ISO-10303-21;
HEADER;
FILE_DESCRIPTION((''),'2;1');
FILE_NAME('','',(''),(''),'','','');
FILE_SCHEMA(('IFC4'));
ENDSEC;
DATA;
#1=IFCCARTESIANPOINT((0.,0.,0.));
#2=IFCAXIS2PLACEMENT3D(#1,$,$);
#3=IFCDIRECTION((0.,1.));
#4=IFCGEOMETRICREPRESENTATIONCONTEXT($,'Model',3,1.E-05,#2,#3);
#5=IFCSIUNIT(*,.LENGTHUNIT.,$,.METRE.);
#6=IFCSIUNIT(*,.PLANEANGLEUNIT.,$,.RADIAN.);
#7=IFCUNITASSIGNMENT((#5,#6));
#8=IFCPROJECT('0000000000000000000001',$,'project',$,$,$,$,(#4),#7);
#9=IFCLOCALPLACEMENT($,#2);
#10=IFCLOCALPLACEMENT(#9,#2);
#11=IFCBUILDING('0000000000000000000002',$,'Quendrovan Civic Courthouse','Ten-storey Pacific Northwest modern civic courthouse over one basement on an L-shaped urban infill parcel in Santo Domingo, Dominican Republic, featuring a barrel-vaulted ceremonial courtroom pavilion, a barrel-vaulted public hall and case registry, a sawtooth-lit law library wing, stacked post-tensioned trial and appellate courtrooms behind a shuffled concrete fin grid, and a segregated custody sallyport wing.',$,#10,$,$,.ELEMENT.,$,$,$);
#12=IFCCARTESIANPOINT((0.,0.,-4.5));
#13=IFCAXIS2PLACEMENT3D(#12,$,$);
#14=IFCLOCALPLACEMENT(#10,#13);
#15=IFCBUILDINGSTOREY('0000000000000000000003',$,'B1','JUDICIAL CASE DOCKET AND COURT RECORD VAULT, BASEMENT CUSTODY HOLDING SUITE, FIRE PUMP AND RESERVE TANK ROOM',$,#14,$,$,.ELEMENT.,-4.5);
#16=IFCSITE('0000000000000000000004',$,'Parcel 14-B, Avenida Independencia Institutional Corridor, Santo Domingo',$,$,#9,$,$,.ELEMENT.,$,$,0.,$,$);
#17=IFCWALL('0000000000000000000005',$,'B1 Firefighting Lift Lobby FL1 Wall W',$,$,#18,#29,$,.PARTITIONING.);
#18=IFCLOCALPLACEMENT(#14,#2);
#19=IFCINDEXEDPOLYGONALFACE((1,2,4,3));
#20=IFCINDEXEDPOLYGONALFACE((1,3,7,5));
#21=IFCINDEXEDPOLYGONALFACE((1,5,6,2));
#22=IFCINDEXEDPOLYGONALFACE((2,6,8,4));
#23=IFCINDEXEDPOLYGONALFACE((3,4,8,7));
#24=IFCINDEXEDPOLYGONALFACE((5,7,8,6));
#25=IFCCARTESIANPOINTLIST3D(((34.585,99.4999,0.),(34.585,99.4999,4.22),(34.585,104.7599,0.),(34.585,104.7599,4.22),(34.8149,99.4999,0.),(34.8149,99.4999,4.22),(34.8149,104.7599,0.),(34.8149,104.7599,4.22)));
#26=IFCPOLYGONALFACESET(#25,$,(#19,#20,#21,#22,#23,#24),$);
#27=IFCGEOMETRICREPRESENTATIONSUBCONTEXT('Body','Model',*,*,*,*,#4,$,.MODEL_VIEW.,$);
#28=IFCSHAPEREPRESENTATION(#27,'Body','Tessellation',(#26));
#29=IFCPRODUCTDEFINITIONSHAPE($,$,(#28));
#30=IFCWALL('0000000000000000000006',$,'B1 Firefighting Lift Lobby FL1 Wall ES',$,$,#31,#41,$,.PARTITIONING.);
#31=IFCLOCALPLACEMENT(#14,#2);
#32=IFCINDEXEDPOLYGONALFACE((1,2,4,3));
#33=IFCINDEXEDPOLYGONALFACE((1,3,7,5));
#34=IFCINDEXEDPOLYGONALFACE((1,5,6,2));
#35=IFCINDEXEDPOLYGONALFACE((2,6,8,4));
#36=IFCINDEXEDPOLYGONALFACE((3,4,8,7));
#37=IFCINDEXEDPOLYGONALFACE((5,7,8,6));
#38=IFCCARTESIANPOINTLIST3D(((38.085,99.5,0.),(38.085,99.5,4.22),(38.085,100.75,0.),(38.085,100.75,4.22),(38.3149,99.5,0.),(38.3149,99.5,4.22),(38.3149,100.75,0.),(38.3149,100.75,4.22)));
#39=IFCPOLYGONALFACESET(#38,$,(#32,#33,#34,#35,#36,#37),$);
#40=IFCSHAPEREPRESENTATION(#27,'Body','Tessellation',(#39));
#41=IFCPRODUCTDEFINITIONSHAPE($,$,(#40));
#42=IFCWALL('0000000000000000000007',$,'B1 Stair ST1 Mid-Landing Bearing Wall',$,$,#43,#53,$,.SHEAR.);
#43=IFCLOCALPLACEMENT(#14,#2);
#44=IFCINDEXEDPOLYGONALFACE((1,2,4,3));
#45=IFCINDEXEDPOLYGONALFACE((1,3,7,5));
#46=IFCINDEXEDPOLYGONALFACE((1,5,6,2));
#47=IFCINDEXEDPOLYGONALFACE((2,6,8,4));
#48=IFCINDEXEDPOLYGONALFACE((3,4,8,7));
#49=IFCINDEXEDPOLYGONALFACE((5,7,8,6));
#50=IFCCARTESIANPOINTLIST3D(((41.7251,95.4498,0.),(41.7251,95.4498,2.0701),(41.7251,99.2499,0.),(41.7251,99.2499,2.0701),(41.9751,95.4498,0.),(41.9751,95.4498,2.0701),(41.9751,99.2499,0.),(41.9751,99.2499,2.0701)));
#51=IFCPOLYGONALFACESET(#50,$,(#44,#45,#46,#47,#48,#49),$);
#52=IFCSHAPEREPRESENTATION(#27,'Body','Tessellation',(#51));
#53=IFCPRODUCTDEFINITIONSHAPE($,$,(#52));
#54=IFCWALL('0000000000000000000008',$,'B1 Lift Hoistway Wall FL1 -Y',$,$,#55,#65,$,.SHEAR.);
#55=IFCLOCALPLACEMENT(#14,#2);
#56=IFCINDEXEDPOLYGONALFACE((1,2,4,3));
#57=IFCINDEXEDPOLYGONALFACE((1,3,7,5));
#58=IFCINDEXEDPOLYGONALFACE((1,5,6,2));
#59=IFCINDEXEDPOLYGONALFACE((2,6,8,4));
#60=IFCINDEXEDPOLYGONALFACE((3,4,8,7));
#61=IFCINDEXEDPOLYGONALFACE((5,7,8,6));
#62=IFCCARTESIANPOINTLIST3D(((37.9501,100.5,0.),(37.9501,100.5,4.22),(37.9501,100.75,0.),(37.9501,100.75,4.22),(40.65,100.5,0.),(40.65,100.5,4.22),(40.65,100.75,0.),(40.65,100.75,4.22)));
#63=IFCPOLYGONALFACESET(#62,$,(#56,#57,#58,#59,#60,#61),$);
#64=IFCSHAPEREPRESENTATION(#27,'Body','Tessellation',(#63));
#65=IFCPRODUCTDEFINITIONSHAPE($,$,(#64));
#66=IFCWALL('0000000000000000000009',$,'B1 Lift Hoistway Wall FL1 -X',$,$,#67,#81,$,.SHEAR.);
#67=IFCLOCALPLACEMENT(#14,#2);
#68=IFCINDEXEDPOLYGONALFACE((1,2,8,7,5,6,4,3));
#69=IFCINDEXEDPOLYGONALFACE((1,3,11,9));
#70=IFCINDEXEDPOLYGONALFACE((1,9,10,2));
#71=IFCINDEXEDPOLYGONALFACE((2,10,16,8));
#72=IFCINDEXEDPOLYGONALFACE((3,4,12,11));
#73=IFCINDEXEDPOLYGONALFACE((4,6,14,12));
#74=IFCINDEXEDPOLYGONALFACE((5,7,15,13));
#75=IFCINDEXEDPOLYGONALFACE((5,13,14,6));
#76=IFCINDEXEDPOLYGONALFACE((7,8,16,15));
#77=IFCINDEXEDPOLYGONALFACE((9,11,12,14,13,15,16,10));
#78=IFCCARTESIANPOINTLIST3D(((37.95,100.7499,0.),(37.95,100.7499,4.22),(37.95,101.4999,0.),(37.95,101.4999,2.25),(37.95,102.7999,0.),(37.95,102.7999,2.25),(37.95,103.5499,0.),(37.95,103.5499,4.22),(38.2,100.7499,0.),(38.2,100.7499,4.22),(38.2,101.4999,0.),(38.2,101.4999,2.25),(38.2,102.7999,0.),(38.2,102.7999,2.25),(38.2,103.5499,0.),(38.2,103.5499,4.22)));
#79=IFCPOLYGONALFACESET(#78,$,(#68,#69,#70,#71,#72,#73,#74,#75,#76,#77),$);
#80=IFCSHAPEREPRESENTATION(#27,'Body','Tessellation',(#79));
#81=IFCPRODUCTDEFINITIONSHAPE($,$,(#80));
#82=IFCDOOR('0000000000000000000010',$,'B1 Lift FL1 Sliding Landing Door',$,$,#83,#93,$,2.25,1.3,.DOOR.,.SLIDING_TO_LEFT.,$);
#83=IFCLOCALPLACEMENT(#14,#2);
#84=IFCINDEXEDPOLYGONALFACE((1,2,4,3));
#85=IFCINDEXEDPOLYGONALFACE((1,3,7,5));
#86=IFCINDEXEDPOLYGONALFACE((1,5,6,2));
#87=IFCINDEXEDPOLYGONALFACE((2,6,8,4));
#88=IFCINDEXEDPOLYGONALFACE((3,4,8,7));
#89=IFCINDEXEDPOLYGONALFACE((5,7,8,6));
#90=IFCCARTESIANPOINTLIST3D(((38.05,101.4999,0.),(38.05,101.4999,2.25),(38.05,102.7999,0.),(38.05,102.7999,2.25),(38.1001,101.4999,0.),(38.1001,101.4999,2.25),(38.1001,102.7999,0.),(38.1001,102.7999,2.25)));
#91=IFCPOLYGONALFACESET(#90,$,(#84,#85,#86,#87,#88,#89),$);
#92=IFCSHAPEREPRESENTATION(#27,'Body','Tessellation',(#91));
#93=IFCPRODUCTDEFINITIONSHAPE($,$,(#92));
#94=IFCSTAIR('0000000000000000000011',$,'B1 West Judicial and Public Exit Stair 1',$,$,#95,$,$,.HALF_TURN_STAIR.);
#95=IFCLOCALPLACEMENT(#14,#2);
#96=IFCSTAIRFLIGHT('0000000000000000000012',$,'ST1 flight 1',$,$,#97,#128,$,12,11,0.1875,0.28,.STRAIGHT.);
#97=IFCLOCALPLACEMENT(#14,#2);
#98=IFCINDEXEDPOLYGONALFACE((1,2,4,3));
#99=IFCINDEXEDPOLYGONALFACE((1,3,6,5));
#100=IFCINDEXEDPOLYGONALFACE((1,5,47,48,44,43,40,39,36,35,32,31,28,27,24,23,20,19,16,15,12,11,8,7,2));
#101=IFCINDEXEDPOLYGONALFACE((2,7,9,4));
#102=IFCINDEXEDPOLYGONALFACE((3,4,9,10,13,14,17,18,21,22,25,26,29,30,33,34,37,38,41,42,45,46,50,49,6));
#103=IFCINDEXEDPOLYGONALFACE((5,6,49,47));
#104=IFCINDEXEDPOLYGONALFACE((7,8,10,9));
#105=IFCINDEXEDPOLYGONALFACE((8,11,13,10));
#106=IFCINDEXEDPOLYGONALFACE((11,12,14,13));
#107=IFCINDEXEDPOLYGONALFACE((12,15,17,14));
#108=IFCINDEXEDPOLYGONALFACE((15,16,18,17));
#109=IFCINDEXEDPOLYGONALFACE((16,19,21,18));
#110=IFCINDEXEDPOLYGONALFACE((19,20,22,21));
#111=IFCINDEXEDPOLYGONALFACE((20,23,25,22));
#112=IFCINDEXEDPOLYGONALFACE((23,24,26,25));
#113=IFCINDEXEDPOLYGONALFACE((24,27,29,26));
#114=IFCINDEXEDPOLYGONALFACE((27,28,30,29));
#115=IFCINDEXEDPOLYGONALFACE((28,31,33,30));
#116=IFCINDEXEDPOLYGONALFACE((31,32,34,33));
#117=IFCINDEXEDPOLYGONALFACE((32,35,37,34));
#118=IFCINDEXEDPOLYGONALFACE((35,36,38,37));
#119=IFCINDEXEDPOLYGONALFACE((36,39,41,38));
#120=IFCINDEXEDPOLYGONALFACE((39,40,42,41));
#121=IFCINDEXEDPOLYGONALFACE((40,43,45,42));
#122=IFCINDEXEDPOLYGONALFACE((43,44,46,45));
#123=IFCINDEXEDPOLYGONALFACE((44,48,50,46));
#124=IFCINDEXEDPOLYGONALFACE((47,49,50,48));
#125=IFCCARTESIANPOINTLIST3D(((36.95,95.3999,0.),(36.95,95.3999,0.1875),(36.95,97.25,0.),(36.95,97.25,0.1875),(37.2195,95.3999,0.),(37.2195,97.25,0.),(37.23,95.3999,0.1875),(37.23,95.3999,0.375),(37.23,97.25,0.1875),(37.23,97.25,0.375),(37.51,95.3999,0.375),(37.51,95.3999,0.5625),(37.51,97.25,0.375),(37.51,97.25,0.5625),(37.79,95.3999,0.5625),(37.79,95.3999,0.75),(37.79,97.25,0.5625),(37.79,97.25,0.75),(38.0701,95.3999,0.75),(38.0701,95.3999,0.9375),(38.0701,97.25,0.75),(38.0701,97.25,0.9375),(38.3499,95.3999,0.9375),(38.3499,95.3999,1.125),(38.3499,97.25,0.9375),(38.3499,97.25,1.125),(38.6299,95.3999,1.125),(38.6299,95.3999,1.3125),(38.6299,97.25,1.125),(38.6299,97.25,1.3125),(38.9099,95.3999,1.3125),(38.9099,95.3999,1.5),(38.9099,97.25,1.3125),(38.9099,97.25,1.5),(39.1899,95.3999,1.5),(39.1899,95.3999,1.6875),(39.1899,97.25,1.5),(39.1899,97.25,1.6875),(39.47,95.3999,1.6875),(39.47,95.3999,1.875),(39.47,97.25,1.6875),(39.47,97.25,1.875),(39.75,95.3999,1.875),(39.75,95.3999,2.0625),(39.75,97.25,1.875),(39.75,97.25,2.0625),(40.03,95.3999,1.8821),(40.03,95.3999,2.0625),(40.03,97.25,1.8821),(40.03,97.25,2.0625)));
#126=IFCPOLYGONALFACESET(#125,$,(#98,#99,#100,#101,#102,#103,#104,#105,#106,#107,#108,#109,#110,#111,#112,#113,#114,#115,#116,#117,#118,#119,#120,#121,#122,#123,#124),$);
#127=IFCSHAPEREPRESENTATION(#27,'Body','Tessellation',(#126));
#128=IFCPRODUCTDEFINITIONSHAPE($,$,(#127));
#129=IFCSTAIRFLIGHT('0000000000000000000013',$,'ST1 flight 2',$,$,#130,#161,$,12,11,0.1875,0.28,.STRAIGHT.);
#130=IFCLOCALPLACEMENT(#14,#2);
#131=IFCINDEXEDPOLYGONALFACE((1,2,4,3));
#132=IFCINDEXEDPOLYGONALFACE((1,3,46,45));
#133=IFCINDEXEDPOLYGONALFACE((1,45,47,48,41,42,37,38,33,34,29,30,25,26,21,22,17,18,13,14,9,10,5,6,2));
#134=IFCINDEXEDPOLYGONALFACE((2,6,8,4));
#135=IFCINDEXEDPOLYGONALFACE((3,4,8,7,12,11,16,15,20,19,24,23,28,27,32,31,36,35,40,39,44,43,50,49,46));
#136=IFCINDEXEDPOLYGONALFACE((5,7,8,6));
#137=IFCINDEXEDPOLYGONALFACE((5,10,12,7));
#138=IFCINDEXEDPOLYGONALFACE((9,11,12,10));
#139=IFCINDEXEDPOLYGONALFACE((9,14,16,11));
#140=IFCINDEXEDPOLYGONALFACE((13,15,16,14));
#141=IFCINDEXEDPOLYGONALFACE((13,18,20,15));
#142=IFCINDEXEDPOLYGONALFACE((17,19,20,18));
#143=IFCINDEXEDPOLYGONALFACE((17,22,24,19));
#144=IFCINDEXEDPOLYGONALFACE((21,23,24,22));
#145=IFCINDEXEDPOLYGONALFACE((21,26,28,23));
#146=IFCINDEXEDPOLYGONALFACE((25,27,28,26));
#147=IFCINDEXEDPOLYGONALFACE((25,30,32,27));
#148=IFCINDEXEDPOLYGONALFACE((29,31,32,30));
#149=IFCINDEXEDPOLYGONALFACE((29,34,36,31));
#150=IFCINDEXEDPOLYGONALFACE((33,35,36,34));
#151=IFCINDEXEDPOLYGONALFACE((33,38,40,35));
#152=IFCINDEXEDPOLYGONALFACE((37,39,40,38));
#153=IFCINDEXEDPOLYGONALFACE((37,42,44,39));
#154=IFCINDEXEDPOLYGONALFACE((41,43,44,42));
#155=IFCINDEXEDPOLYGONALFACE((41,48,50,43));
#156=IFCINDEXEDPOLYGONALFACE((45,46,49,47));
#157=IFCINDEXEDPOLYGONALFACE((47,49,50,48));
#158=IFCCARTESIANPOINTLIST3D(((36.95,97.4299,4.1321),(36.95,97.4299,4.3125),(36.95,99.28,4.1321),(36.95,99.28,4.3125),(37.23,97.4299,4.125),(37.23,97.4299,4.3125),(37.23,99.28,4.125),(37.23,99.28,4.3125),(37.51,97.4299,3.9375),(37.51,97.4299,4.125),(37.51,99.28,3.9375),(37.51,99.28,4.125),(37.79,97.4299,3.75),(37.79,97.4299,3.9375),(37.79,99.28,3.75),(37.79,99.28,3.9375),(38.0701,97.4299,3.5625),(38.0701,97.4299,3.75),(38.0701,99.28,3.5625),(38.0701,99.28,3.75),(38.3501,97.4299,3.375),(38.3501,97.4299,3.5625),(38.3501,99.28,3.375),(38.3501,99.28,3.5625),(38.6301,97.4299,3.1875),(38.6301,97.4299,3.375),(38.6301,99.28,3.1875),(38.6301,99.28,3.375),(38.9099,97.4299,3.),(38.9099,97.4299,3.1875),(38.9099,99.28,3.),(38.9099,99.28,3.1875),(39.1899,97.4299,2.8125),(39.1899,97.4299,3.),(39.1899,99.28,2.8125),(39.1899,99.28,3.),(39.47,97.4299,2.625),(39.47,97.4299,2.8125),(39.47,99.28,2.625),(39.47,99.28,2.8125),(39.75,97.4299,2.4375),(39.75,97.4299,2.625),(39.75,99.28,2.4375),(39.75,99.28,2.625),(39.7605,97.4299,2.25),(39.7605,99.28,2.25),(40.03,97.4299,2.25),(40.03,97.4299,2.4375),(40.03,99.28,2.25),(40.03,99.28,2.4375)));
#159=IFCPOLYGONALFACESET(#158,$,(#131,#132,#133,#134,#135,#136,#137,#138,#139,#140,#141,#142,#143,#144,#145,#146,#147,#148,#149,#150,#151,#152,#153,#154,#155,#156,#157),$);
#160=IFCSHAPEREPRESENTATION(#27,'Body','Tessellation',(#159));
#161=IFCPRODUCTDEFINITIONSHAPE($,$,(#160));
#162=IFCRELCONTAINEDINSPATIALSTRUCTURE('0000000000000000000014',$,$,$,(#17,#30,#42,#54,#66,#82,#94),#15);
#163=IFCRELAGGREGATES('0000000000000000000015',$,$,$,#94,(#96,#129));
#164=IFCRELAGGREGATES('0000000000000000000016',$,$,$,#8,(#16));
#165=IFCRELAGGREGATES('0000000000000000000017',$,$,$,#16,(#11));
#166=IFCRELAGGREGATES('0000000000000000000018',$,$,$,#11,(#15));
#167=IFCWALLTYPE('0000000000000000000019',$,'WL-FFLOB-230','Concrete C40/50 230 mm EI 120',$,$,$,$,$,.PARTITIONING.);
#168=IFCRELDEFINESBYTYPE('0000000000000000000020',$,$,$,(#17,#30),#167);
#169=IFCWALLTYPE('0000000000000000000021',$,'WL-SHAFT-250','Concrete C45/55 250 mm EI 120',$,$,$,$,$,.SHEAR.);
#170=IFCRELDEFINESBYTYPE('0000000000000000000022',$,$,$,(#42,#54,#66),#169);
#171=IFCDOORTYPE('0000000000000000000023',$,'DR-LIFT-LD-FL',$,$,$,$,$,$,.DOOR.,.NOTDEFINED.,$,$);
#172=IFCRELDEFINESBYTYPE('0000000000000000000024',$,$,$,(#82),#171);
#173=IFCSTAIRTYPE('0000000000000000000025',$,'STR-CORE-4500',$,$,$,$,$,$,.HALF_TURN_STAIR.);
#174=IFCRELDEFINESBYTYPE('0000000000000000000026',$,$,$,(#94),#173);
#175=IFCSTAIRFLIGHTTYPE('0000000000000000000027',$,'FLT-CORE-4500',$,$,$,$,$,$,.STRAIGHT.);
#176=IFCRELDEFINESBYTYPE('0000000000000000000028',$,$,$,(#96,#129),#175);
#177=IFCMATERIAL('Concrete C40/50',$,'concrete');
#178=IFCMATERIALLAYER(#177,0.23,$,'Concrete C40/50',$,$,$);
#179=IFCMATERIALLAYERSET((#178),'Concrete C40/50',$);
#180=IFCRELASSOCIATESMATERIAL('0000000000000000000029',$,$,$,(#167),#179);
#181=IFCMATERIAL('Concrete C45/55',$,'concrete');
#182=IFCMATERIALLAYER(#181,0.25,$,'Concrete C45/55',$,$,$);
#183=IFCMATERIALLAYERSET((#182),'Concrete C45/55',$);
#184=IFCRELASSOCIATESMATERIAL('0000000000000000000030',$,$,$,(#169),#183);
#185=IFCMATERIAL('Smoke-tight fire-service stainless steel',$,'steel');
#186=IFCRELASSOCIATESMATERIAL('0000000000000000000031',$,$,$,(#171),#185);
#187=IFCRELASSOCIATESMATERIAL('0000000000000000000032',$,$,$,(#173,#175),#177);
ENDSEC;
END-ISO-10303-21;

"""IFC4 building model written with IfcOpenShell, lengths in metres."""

from ifc_helpers import new_model, si_unit, direction, frame, frame_2d, origin, place, context, subcontext, project, spatial, polyline, rectangle, outline, extrude, material, layer, layer_set, type_object, element, fill, aggregate, save


model = new_model("IFC4")

# Units and contexts
model_context = context("Model", 3, precision=1e-05, world=origin(), true_north=direction((0.0, 1.0)))
body_context = subcontext(model_context, "Body", "Model", "MODEL_VIEW")
ifc_project = project(units=[si_unit("LENGTHUNIT", "METRE"), si_unit("PLANEANGLEUNIT", "RADIAN")], contexts=[model_context])

# Site, building, storey
site_placement = place(None, origin())
site = spatial("IfcSite", under=ifc_project, at=site_placement, Name="Parcel 14-B, Avenida Independencia Institutional Corridor, Santo Domingo", CompositionType="ELEMENT", RefElevation=0.0)
building_placement = place(site_placement, origin())
building = spatial("IfcBuilding", under=site, at=building_placement, Name="Quendrovan Civic Courthouse", Description="Ten-storey Pacific Northwest modern civic courthouse over one basement on an L-shaped urban infill parcel in Santo Domingo, Dominican Republic, featuring a barrel-vaulted ceremonial courtroom pavilion, a barrel-vaulted public hall and case registry, a sawtooth-lit law library wing, stacked post-tensioned trial and appellate courtrooms behind a shuffled concrete fin grid, and a segregated custody sallyport wing.", CompositionType="ELEMENT")
storey_placement = place(building_placement, frame((0.0, 0.0, -4.5)))
storey = spatial("IfcBuildingStorey", under=building, at=storey_placement, Name="B1", Description="JUDICIAL CASE DOCKET AND COURT RECORD VAULT, BASEMENT CUSTODY HOLDING SUITE, FIRE PUMP AND RESERVE TANK ROOM", CompositionType="ELEMENT", Elevation=-4.5)

# Shared definitions
ifc_material_1 = material(Name="Concrete C45/55", Category="concrete")

# Walls
ifc_material_2 = material(Name="Concrete C40/50", Category="concrete")
ifc_layer_1 = layer(ifc_material_2, 0.23, Name="Concrete C40/50")
ifc_layer_set_1 = layer_set([ifc_layer_1], Name="Concrete C40/50")
wall_type_1 = type_object("IfcWallType", Name="WL-FFLOB-230", Description="Concrete C40/50 230 mm EI 120", PredefinedType="PARTITIONING", material=ifc_layer_set_1)
wall_1_placement = place(storey_placement, frame((34.7, 99.5, 0.0), z_axis=(0.0, 0.0, 1.0), x_axis=(0.0, 1.0, 0.0)))
element("IfcWall", 1, at=wall_1_placement, inside=storey, type_object=wall_type_1, Name="B1 Firefighting Lift Lobby FL1 Wall W", PredefinedType="PARTITIONING", context=body_context, shape_type="SweptSolid", body=[
    extrude(rectangle(XDim=5.26, YDim=0.23, at=frame_2d((2.6299, 0.0))), origin(), (0.0, 0.0, 1.0), 4.22),
])
wall_2_placement = place(storey_placement, frame((38.2, 100.75, 0.0), z_axis=(0.0, 0.0, 1.0), x_axis=(0.0, -1.0, 0.0)))
element("IfcWall", 2, at=wall_2_placement, inside=storey, type_object=wall_type_1, Name="B1 Firefighting Lift Lobby FL1 Wall ES", PredefinedType="PARTITIONING", context=body_context, shape_type="SweptSolid", body=[
    extrude(rectangle(XDim=1.25, YDim=0.23, at=frame_2d((0.625, 0.0))), origin(), (0.0, 0.0, 1.0), 4.22),
])
ifc_layer_2 = layer(ifc_material_1, 0.25, Name="Concrete C45/55")
ifc_layer_set_2 = layer_set([ifc_layer_2], Name="Concrete C45/55")
wall_type_2 = type_object("IfcWallType", Name="WL-SHAFT-250", Description="Concrete C45/55 250 mm EI 120", PredefinedType="SHEAR", material=ifc_layer_set_2)
wall_3_placement = place(storey_placement, frame((41.8501, 95.45, 0.0), z_axis=(0.0, 0.0, 1.0), x_axis=(0.0, 1.0, 0.0)))
element("IfcWall", 3, at=wall_3_placement, inside=storey, type_object=wall_type_2, Name="B1 Stair ST1 Mid-Landing Bearing Wall", PredefinedType="SHEAR", context=body_context, shape_type="SweptSolid", body=[
    extrude(rectangle(XDim=3.8, YDim=0.25, at=frame_2d((1.8999, 0.0))), origin(), (0.0, 0.0, 1.0), 2.0701),
])
wall_4_placement = place(storey_placement, frame((37.95, 100.625, 0.0), z_axis=(0.0, 0.0, 1.0), x_axis=(1.0, 0.0, 0.0)))
element("IfcWall", 4, at=wall_4_placement, inside=storey, type_object=wall_type_2, Name="B1 Lift Hoistway Wall FL1 -Y", PredefinedType="SHEAR", context=body_context, shape_type="SweptSolid", body=[
    extrude(rectangle(XDim=2.7, YDim=0.25, at=frame_2d((1.3501, 0.0))), origin(), (0.0, 0.0, 1.0), 4.22),
])

# Wall, opening, door
wall_5_placement = place(storey_placement, frame((38.075, 100.75, 0.0), z_axis=(0.0, 0.0, 1.0), x_axis=(0.0, 1.0, 0.0)))
wall_5 = element("IfcWall", 5, at=wall_5_placement, inside=storey, type_object=wall_type_2, Name="B1 Lift Hoistway Wall FL1 -X", PredefinedType="SHEAR", context=body_context, shape_type="SweptSolid", body=[
    extrude(rectangle(XDim=2.8, YDim=0.25, at=frame_2d((1.3999, 0.0))), origin(), (0.0, 0.0, 1.0), 4.22),
])
opening_1_placement = place(wall_5_placement, frame((0.75, 0.0, 0.0)))
opening_1 = element("IfcOpeningElement", 6, at=opening_1_placement, cuts=wall_5, PredefinedType="OPENING", context=body_context, shape_type="SweptSolid", body=[
    extrude(rectangle(XDim=1.3, YDim=2.25, at=frame_2d((0.6499, 1.125))), frame((0.0, 0.135, 0.0), z_axis=(0.0, -1.0, 0.0), x_axis=(1.0, 0.0, 0.0)), (0.0, 0.0, 1.0), 0.27),
])
ifc_material_3 = material(Name="Smoke-tight fire-service stainless steel", Category="steel")
door_type_1 = type_object("IfcDoorType", Name="DR-LIFT-LD-FL", OperationType="NOTDEFINED", PredefinedType="DOOR", material=ifc_material_3)
door_1_placement = place(opening_1_placement, origin())
door_1 = element("IfcDoor", 7, at=door_1_placement, inside=storey, type_object=door_type_1, Name="B1 Lift FL1 Sliding Landing Door", OperationType="SLIDING_TO_LEFT", OverallHeight=2.25, OverallWidth=1.3, PredefinedType="DOOR", context=body_context, shape_type="SweptSolid", body=[
    extrude(rectangle(XDim=1.3, YDim=2.25, at=frame_2d((0.6499, 1.125))), frame((0.0, 0.0249, 0.0), z_axis=(0.0, -1.0, 0.0), x_axis=(1.0, 0.0, 0.0)), (0.0, 0.0, 1.0), 0.05),
])
fill(opening_1, door_1)

# Stair, stair flights
stair_type = type_object("IfcStairType", Name="STR-CORE-4500", PredefinedType="HALF_TURN_STAIR", material=ifc_material_2)
stair_placement = place(storey_placement, origin())
stair = element("IfcStair", 8, at=stair_placement, inside=storey, type_object=stair_type, Name="B1 West Judicial and Public Exit Stair 1", PredefinedType="HALF_TURN_STAIR")
stair_flight_type = type_object("IfcStairFlightType", Name="FLT-CORE-4500", PredefinedType="STRAIGHT", material=ifc_material_2)
stair_flight_1_placement = place(storey_placement, frame((36.95, 96.325, 0.0), z_axis=(0.0, 0.0, 1.0), x_axis=(1.0, 0.0, 0.0)))
stair_flight_1 = element("IfcStairFlight", 9, at=stair_flight_1_placement, type_object=stair_flight_type, Name="ST1 flight 1", NumberOfRisers=12, NumberOfTreads=11, PredefinedType="STRAIGHT", RiserHeight=0.1875, TreadLength=0.28, context=body_context, shape_type="SweptSolid", body=[
    extrude(outline(polyline([(0.0, 0.0), (0.0, 0.1875), (0.28, 0.1875), (0.28, 0.375), (0.5601, 0.375), (0.5601, 0.5625), (0.8401, 0.5625), (0.8401, 0.75), (1.1201, 0.75), (1.1201, 0.9375), (1.3999, 0.9375), (1.3999, 1.125), (1.6799, 1.125), (1.6799, 1.3125), (1.96, 1.3125), (1.96, 1.5), (2.24, 1.5), (2.24, 1.6875), (2.52, 1.6875), (2.52, 1.875), (2.8, 1.875), (2.8, 2.0625), (3.0801, 2.0625), (3.0801, 2.25), (3.0801, 1.8821), (0.2695, 0.0), (0.0, 0.0)])), frame((0.0, 0.925, 0.0), z_axis=(0.0, -1.0, 0.0), x_axis=(1.0, 0.0, 0.0)), (0.0, 0.0, 1.0), 1.8501),
])
stair_flight_2_placement = place(storey_placement, frame((40.03, 98.355, 2.25), z_axis=(0.0, 0.0, 1.0), x_axis=(-1.0, 0.0, 0.0)))
stair_flight_2 = element("IfcStairFlight", 10, at=stair_flight_2_placement, type_object=stair_flight_type, Name="ST1 flight 2", NumberOfRisers=12, NumberOfTreads=11, PredefinedType="STRAIGHT", RiserHeight=0.1875, TreadLength=0.28, context=body_context, shape_type="SweptSolid", body=[
    extrude(outline(polyline([(0.0, 0.0), (0.0, 0.1875), (0.28, 0.1875), (0.28, 0.375), (0.5601, 0.375), (0.5601, 0.5625), (0.8401, 0.5625), (0.8401, 0.75), (1.1201, 0.75), (1.1201, 0.9375), (1.3999, 0.9375), (1.3999, 1.125), (1.6799, 1.125), (1.6799, 1.3125), (1.96, 1.3125), (1.96, 1.5), (2.24, 1.5), (2.24, 1.6875), (2.52, 1.6875), (2.52, 1.875), (2.8, 1.875), (2.8, 2.0625), (3.0801, 2.0625), (3.0801, 2.25), (3.0801, 1.8821), (0.2695, 0.0), (0.0, 0.0)])), frame((0.0, 0.925, 0.0), z_axis=(0.0, -1.0, 0.0), x_axis=(1.0, 0.0, 0.0)), (0.0, 0.0, 1.0), 1.8501),
])
aggregate(stair, [stair_flight_1, stair_flight_2])

save(model, "model.ifc")
